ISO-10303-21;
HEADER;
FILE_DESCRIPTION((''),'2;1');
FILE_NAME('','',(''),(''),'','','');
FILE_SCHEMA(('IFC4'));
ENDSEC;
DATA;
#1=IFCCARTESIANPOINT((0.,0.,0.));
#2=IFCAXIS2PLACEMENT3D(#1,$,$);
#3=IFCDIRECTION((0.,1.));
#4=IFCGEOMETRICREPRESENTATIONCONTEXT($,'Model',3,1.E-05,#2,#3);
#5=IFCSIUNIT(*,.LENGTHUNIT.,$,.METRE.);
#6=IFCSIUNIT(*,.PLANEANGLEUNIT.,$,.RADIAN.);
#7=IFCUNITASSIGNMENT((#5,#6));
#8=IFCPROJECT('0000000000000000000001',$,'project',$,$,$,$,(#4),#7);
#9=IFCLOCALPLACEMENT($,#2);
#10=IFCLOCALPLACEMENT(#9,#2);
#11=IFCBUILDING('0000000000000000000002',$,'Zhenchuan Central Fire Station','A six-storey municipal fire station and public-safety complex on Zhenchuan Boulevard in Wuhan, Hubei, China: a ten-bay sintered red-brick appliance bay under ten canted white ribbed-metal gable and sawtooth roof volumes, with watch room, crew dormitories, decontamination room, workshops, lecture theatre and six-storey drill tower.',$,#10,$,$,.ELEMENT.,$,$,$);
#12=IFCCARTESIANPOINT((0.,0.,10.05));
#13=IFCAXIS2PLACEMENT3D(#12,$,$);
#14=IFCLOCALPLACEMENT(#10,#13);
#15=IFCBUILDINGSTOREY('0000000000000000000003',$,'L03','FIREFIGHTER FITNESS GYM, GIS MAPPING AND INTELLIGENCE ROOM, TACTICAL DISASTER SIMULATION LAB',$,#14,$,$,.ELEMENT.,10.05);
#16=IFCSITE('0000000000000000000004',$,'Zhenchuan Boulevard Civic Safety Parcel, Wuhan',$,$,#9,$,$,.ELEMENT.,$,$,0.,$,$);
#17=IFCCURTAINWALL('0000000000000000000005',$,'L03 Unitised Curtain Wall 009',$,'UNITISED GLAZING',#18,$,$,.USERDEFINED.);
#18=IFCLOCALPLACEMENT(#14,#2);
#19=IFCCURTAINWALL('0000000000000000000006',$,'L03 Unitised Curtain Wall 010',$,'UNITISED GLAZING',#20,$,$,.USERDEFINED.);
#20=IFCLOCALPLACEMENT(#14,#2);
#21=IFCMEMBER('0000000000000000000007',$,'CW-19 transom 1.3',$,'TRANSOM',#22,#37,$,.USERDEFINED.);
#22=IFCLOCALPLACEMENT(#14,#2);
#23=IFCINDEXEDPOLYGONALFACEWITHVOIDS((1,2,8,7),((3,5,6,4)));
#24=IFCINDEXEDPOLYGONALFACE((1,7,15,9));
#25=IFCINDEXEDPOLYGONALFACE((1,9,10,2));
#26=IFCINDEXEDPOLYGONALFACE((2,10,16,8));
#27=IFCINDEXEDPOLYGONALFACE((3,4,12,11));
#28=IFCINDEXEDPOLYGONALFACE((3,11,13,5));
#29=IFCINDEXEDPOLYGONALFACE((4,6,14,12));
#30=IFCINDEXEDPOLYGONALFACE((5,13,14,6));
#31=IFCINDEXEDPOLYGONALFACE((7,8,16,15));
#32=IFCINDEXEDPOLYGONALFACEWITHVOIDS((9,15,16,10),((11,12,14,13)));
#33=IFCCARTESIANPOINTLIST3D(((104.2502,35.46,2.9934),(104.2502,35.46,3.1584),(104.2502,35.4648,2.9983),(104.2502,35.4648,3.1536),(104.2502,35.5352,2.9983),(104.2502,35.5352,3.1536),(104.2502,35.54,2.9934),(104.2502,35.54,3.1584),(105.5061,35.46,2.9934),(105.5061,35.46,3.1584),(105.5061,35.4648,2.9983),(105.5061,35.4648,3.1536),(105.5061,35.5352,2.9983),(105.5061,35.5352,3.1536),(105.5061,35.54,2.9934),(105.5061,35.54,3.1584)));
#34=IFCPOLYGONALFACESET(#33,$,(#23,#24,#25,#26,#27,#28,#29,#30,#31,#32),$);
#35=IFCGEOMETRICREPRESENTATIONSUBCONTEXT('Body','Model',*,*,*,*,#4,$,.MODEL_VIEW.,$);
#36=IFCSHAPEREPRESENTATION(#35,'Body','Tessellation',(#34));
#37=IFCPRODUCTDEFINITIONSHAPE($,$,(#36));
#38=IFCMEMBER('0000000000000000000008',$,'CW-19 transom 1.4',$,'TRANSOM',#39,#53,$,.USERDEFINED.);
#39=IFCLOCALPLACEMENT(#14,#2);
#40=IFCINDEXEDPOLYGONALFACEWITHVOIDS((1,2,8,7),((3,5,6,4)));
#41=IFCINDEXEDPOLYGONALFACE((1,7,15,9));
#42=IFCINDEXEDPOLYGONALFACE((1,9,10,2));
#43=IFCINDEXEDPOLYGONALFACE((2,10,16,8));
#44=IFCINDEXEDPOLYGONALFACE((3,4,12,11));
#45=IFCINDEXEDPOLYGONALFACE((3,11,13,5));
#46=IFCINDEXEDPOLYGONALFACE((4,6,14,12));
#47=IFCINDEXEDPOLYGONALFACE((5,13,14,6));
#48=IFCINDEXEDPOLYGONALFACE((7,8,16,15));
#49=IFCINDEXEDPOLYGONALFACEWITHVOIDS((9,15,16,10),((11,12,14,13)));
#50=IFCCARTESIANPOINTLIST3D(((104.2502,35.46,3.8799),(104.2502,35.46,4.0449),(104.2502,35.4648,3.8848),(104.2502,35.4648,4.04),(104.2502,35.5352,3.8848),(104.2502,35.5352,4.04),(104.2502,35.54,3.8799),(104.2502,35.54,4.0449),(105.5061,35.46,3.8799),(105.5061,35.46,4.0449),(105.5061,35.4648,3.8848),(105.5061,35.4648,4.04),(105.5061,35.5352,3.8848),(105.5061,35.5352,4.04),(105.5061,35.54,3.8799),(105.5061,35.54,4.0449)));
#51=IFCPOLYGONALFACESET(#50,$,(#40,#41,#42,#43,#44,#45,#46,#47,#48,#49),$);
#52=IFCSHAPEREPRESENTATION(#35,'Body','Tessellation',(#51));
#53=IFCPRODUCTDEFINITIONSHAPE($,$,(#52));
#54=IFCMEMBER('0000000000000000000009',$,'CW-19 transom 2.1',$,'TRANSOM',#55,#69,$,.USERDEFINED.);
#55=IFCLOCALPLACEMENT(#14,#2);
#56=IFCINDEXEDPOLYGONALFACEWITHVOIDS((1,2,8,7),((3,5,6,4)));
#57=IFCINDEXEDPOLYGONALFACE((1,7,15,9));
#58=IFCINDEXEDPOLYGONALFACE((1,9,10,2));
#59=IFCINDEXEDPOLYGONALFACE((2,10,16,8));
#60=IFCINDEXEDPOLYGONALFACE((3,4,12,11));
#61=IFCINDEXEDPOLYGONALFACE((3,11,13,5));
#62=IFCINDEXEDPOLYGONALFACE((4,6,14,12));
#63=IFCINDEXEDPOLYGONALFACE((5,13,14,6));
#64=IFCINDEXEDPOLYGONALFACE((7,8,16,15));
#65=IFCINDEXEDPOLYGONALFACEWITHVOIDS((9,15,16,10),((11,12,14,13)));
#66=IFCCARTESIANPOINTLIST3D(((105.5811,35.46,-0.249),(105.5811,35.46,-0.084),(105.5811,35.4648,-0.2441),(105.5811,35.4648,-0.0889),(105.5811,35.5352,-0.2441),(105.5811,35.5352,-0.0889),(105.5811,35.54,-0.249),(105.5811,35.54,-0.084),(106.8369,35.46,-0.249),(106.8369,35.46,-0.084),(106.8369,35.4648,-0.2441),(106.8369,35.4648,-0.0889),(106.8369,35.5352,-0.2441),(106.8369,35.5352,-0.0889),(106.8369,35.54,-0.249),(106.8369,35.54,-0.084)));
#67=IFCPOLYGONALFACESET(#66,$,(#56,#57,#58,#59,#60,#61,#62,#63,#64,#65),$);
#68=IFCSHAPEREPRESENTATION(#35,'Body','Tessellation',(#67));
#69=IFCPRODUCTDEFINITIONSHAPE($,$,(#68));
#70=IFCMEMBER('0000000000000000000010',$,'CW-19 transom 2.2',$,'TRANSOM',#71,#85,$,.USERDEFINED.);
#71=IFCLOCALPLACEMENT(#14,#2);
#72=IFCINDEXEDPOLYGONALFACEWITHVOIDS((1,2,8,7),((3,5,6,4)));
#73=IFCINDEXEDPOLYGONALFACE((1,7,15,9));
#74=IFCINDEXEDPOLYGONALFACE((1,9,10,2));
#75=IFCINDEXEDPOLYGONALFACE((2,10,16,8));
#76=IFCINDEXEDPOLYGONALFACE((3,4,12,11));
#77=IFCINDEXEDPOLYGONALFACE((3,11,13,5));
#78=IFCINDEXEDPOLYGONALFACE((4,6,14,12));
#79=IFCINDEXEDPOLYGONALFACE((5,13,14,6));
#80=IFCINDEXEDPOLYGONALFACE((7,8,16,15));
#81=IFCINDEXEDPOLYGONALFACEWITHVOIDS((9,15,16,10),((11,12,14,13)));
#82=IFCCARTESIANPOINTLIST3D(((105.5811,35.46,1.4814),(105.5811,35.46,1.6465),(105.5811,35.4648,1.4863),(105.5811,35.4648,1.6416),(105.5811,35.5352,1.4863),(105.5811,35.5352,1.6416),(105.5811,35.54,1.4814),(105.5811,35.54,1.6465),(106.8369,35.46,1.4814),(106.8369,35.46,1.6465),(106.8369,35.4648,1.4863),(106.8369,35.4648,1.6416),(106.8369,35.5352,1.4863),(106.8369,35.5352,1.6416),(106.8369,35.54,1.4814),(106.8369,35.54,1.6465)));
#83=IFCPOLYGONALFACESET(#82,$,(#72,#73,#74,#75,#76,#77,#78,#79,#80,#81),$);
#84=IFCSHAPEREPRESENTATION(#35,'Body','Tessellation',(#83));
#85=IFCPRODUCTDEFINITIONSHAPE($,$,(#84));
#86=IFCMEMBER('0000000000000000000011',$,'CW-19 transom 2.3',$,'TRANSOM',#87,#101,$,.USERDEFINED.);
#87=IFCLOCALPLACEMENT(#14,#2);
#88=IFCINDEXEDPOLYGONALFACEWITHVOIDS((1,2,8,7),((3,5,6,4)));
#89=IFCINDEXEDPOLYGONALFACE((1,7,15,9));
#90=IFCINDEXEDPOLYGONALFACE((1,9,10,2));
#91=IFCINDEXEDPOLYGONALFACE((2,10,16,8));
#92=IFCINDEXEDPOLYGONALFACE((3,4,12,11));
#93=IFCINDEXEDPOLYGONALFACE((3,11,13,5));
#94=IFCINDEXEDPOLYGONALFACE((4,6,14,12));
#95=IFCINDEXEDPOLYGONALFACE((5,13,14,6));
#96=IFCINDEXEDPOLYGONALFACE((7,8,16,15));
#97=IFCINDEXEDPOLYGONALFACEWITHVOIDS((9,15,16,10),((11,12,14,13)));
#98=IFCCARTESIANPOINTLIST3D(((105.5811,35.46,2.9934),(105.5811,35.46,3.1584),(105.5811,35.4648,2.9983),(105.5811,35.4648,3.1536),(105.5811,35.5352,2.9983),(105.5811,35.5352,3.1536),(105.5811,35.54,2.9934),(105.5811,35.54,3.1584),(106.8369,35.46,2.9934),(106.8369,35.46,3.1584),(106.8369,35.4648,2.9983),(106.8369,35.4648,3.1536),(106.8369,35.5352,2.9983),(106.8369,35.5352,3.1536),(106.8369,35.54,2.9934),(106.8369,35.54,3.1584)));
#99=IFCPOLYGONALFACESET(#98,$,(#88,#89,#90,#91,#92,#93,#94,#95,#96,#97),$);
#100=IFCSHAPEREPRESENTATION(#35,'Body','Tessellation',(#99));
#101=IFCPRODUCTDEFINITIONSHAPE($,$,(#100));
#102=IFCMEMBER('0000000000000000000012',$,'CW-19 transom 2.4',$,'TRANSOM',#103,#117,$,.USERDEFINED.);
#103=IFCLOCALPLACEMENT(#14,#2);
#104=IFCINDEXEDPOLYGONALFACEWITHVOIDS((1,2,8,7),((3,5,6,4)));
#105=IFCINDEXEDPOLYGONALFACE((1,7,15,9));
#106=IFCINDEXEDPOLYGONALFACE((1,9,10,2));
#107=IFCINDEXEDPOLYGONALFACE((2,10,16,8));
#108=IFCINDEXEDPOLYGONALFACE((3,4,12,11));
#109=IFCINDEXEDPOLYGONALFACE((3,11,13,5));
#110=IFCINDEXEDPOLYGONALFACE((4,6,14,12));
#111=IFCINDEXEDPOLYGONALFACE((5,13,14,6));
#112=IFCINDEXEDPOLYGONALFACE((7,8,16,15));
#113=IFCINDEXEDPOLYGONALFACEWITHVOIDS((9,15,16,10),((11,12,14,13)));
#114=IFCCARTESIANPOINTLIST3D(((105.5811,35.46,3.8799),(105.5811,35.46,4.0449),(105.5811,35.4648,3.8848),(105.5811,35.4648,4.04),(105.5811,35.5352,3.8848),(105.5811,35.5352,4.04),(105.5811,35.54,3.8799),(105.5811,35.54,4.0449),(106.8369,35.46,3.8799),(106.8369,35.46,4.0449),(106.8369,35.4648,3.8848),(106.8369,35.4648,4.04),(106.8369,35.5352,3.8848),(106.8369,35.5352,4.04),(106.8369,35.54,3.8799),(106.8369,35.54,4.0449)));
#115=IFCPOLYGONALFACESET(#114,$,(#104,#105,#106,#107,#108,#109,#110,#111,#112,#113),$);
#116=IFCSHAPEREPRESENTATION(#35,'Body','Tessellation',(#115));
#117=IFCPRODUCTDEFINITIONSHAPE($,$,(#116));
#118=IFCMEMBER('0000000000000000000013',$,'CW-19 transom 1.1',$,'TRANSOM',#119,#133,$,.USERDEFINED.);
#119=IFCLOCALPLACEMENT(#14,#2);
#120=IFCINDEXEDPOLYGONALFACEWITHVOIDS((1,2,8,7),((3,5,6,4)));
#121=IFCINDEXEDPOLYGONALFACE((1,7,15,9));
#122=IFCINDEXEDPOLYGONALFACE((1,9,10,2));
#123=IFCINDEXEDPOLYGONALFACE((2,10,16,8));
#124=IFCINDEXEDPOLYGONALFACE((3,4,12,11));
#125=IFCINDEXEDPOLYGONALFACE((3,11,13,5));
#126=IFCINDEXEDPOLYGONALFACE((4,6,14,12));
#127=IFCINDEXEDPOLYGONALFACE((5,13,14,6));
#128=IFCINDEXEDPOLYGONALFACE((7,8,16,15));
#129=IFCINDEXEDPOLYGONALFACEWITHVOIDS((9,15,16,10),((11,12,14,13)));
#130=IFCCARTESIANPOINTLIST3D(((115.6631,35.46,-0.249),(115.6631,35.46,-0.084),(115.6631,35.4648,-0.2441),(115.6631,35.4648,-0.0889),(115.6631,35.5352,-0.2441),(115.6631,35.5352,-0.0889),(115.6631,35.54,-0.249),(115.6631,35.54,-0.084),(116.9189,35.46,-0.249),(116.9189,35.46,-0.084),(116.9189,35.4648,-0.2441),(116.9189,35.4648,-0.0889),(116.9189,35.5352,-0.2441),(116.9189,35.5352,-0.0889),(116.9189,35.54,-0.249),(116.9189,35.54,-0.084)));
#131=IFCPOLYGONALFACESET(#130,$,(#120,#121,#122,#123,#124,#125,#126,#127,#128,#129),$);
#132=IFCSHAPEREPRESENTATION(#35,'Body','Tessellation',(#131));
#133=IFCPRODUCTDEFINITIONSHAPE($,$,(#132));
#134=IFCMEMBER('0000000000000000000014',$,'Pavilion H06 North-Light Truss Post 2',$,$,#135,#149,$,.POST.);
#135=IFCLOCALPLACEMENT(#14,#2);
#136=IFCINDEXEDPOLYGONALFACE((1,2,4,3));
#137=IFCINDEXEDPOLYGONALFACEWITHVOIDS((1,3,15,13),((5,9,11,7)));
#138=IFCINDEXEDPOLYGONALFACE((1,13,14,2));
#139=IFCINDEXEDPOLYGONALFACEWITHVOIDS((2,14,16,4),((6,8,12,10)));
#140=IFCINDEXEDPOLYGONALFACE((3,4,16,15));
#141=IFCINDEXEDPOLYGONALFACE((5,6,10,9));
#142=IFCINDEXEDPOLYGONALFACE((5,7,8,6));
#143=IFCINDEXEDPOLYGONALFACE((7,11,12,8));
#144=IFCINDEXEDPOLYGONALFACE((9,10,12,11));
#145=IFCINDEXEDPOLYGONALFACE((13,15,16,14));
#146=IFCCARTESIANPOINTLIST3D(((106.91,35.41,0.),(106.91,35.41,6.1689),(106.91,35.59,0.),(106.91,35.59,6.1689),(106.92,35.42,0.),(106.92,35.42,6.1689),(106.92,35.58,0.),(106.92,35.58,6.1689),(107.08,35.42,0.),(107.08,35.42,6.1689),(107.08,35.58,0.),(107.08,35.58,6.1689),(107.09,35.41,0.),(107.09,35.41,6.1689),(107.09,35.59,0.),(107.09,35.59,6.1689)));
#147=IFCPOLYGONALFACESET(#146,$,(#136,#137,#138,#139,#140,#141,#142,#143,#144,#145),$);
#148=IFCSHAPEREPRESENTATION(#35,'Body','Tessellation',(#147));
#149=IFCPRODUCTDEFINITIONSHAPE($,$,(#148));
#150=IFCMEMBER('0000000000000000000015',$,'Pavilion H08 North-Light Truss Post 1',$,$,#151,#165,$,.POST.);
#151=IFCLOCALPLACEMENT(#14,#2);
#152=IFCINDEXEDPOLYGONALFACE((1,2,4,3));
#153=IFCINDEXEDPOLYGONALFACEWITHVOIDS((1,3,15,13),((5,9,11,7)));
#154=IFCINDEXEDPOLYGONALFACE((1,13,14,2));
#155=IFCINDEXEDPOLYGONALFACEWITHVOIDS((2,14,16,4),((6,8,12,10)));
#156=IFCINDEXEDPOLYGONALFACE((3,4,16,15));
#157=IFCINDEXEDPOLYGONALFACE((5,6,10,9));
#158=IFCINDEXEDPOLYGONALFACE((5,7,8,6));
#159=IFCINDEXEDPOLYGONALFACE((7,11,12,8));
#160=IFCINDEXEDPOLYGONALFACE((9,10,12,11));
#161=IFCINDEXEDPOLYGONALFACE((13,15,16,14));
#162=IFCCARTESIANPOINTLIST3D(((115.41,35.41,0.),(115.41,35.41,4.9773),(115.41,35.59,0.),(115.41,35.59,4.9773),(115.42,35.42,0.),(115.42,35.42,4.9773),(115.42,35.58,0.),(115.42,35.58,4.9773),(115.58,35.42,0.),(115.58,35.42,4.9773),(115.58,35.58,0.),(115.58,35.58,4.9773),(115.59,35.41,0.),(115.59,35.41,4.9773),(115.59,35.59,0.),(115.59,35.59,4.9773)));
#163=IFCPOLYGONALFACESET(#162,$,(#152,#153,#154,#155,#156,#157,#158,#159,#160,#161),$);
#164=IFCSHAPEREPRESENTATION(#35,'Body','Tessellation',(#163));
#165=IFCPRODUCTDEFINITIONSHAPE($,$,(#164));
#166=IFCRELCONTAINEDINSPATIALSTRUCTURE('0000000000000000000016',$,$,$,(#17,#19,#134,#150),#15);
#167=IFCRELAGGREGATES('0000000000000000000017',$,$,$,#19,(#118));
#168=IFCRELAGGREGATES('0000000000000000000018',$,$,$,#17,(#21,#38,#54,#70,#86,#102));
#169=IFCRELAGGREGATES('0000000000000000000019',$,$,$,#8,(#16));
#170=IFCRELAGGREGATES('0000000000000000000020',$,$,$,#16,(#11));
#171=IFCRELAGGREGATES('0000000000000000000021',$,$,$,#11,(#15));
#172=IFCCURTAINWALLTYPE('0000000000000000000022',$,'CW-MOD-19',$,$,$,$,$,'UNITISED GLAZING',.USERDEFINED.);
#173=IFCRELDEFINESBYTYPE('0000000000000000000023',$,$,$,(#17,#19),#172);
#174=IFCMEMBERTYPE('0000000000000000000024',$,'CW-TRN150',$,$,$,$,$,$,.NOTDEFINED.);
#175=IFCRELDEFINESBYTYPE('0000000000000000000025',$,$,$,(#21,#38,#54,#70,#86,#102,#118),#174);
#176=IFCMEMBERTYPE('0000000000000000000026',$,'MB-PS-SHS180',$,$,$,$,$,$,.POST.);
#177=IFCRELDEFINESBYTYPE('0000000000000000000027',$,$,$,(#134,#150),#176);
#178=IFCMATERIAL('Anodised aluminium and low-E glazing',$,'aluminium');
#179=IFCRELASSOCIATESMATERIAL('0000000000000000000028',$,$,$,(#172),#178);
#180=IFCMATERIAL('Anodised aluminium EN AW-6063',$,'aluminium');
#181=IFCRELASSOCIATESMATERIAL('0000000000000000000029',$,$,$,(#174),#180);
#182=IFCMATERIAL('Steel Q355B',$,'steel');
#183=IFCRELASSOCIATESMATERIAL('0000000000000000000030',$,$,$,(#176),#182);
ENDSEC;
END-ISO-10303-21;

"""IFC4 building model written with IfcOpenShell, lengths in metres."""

from ifc_helpers import new_model, si_unit, direction, frame, origin, origin_2d, place, context, subcontext, project, spatial, hollow_rectangle, extrude, material, material_profile, profile_set, type_object, element, aggregate, save


model = new_model("IFC4")

# Units and contexts
model_context = context("Model", 3, precision=1e-05, world=origin(), true_north=direction((0.0, 1.0)))
body_context = subcontext(model_context, "Body", "Model", "MODEL_VIEW")
ifc_project = project(units=[si_unit("LENGTHUNIT", "METRE"), si_unit("PLANEANGLEUNIT", "RADIAN")], contexts=[model_context])

# Site, building, storey
site_placement = place(None, origin())
site = spatial("IfcSite", under=ifc_project, at=site_placement, Name="Zhenchuan Boulevard Civic Safety Parcel, Wuhan", CompositionType="ELEMENT", RefElevation=0.0)
building_placement = place(site_placement, origin())
building = spatial("IfcBuilding", under=site, at=building_placement, Name="Zhenchuan Central Fire Station", Description="A six-storey municipal fire station and public-safety complex on Zhenchuan Boulevard in Wuhan, Hubei, China: a ten-bay sintered red-brick appliance bay under ten canted white ribbed-metal gable and sawtooth roof volumes, with watch room, crew dormitories, decontamination room, workshops, lecture theatre and six-storey drill tower.", CompositionType="ELEMENT")
storey_placement = place(building_placement, frame((0.0, 0.0, 10.05)))
storey = spatial("IfcBuildingStorey", under=building, at=storey_placement, Name="L03", Description="FIREFIGHTER FITNESS GYM, GIS MAPPING AND INTELLIGENCE ROOM, TACTICAL DISASTER SIMULATION LAB", CompositionType="ELEMENT", Elevation=10.05)

# Shared definitions
ifc_material_1 = material(Name="Steel Q355B", Category="steel")

# Shared definitions
ifc_material_2 = material(Name="Anodised aluminium and low-E glazing", Category="aluminium")
ifc_material_3 = material(Name="Anodised aluminium EN AW-6063", Category="aluminium")

# Curtain wall
curtain_wall_type_1 = type_object("IfcCurtainWallType", Name="CW-MOD-19", ElementType="UNITISED GLAZING", PredefinedType="USERDEFINED", material=ifc_material_2)
curtain_wall_1_placement = place(storey_placement, origin())
curtain_wall_1 = element("IfcCurtainWall", 1, at=curtain_wall_1_placement, inside=storey, type_object=curtain_wall_type_1, Name="L03 Unitised Curtain Wall 009", ObjectType="UNITISED GLAZING", PredefinedType="USERDEFINED")

# Curtain wall
curtain_wall_2_placement = place(storey_placement, origin())
curtain_wall_2 = element("IfcCurtainWall", 2, at=curtain_wall_2_placement, inside=storey, type_object=curtain_wall_type_1, Name="L03 Unitised Curtain Wall 010", ObjectType="UNITISED GLAZING", PredefinedType="USERDEFINED")

# Members
ifc_material_profile_1 = material_profile(ifc_material_3, hollow_rectangle(XDim=0.0801, YDim=0.165, WallThickness=0.0049, at=origin_2d()), Name="ALU-T 165x80")
ifc_profile_set_1 = profile_set([ifc_material_profile_1], Name="Anodised aluminium EN AW-6063")
member_type_1 = type_object("IfcMemberType", Name="CW-TRN150", PredefinedType="NOTDEFINED", material=ifc_profile_set_1)
member_1_placement = place(storey_placement, frame((104.2502, 35.5, 3.0759), z_axis=(1.0, 0.0, 0.0), x_axis=(0.0, 1.0, 0.0)))
member_1 = element("IfcMember", 3, at=member_1_placement, type_object=member_type_1, Name="CW-19 transom 1.3", ObjectType="TRANSOM", PredefinedType="USERDEFINED", context=body_context, shape_type="SweptSolid", body=[
    extrude(hollow_rectangle(XDim=0.0801, YDim=0.165, WallThickness=0.0049, at=origin_2d()), origin(), (0.0, 0.0, 1.0), 1.2559),
])
member_2_placement = place(storey_placement, frame((104.2502, 35.5, 3.9624), z_axis=(1.0, 0.0, 0.0), x_axis=(0.0, 1.0, 0.0)))
member_2 = element("IfcMember", 4, at=member_2_placement, type_object=member_type_1, Name="CW-19 transom 1.4", ObjectType="TRANSOM", PredefinedType="USERDEFINED", context=body_context, shape_type="SweptSolid", body=[
    extrude(hollow_rectangle(XDim=0.0801, YDim=0.165, WallThickness=0.0049, at=origin_2d()), origin(), (0.0, 0.0, 1.0), 1.2559),
])
member_3_placement = place(storey_placement, frame((105.5811, 35.5, -0.1665), z_axis=(1.0, 0.0, 0.0), x_axis=(0.0, 1.0, 0.0)))
member_3 = element("IfcMember", 5, at=member_3_placement, type_object=member_type_1, Name="CW-19 transom 2.1", ObjectType="TRANSOM", PredefinedType="USERDEFINED", context=body_context, shape_type="SweptSolid", body=[
    extrude(hollow_rectangle(XDim=0.0801, YDim=0.165, WallThickness=0.0049, at=origin_2d()), origin(), (0.0, 0.0, 1.0), 1.2559),
])
member_4_placement = place(storey_placement, frame((105.5811, 35.5, 1.564), z_axis=(1.0, 0.0, 0.0), x_axis=(0.0, 1.0, 0.0)))
member_4 = element("IfcMember", 6, at=member_4_placement, type_object=member_type_1, Name="CW-19 transom 2.2", ObjectType="TRANSOM", PredefinedType="USERDEFINED", context=body_context, shape_type="SweptSolid", body=[
    extrude(hollow_rectangle(XDim=0.0801, YDim=0.165, WallThickness=0.0049, at=origin_2d()), origin(), (0.0, 0.0, 1.0), 1.2559),
])
member_5_placement = place(storey_placement, frame((105.5811, 35.5, 3.0759), z_axis=(1.0, 0.0, 0.0), x_axis=(0.0, 1.0, 0.0)))
member_5 = element("IfcMember", 7, at=member_5_placement, type_object=member_type_1, Name="CW-19 transom 2.3", ObjectType="TRANSOM", PredefinedType="USERDEFINED", context=body_context, shape_type="SweptSolid", body=[
    extrude(hollow_rectangle(XDim=0.0801, YDim=0.165, WallThickness=0.0049, at=origin_2d()), origin(), (0.0, 0.0, 1.0), 1.2559),
])
member_6_placement = place(storey_placement, frame((105.5811, 35.5, 3.9624), z_axis=(1.0, 0.0, 0.0), x_axis=(0.0, 1.0, 0.0)))
member_6 = element("IfcMember", 8, at=member_6_placement, type_object=member_type_1, Name="CW-19 transom 2.4", ObjectType="TRANSOM", PredefinedType="USERDEFINED", context=body_context, shape_type="SweptSolid", body=[
    extrude(hollow_rectangle(XDim=0.0801, YDim=0.165, WallThickness=0.0049, at=origin_2d()), origin(), (0.0, 0.0, 1.0), 1.2559),
])
member_7_placement = place(storey_placement, frame((115.6631, 35.5, -0.1665), z_axis=(1.0, 0.0, 0.0), x_axis=(0.0, 1.0, 0.0)))
member_7 = element("IfcMember", 9, at=member_7_placement, type_object=member_type_1, Name="CW-19 transom 1.1", ObjectType="TRANSOM", PredefinedType="USERDEFINED", context=body_context, shape_type="SweptSolid", body=[
    extrude(hollow_rectangle(XDim=0.0801, YDim=0.165, WallThickness=0.0049, at=origin_2d()), origin(), (0.0, 0.0, 1.0), 1.2559),
])
aggregate(curtain_wall_2, [member_7])

# Members
ifc_material_profile_2 = material_profile(ifc_material_1, hollow_rectangle(XDim=0.1799, YDim=0.1799, WallThickness=0.01, at=origin_2d()), Name="SHS 180x180x10")
ifc_profile_set_2 = profile_set([ifc_material_profile_2], Name="Steel Q355B")
member_type_2 = type_object("IfcMemberType", Name="MB-PS-SHS180", PredefinedType="POST", material=ifc_profile_set_2)
member_8_placement = place(storey_placement, frame((107.0, 35.5, 0.0), z_axis=(0.0, 0.0, 1.0), x_axis=(1.0, 0.0, 0.0)))
element("IfcMember", 10, at=member_8_placement, inside=storey, type_object=member_type_2, Name="Pavilion H06 North-Light Truss Post 2", PredefinedType="POST", context=body_context, shape_type="SweptSolid", body=[
    extrude(hollow_rectangle(XDim=0.1799, YDim=0.1799, WallThickness=0.01, at=origin_2d()), origin(), (0.0, 0.0, 1.0), 6.1689),
])
member_9_placement = place(storey_placement, frame((115.5, 35.5, 0.0), z_axis=(0.0, 0.0, 1.0), x_axis=(1.0, 0.0, 0.0)))
element("IfcMember", 11, at=member_9_placement, inside=storey, type_object=member_type_2, Name="Pavilion H08 North-Light Truss Post 1", PredefinedType="POST", context=body_context, shape_type="SweptSolid", body=[
    extrude(hollow_rectangle(XDim=0.1799, YDim=0.1799, WallThickness=0.01, at=origin_2d()), origin(), (0.0, 0.0, 1.0), 4.9773),
])

aggregate(curtain_wall_1, [member_1, member_2, member_3, member_4, member_5, member_6])

save(model, "model.ifc")
